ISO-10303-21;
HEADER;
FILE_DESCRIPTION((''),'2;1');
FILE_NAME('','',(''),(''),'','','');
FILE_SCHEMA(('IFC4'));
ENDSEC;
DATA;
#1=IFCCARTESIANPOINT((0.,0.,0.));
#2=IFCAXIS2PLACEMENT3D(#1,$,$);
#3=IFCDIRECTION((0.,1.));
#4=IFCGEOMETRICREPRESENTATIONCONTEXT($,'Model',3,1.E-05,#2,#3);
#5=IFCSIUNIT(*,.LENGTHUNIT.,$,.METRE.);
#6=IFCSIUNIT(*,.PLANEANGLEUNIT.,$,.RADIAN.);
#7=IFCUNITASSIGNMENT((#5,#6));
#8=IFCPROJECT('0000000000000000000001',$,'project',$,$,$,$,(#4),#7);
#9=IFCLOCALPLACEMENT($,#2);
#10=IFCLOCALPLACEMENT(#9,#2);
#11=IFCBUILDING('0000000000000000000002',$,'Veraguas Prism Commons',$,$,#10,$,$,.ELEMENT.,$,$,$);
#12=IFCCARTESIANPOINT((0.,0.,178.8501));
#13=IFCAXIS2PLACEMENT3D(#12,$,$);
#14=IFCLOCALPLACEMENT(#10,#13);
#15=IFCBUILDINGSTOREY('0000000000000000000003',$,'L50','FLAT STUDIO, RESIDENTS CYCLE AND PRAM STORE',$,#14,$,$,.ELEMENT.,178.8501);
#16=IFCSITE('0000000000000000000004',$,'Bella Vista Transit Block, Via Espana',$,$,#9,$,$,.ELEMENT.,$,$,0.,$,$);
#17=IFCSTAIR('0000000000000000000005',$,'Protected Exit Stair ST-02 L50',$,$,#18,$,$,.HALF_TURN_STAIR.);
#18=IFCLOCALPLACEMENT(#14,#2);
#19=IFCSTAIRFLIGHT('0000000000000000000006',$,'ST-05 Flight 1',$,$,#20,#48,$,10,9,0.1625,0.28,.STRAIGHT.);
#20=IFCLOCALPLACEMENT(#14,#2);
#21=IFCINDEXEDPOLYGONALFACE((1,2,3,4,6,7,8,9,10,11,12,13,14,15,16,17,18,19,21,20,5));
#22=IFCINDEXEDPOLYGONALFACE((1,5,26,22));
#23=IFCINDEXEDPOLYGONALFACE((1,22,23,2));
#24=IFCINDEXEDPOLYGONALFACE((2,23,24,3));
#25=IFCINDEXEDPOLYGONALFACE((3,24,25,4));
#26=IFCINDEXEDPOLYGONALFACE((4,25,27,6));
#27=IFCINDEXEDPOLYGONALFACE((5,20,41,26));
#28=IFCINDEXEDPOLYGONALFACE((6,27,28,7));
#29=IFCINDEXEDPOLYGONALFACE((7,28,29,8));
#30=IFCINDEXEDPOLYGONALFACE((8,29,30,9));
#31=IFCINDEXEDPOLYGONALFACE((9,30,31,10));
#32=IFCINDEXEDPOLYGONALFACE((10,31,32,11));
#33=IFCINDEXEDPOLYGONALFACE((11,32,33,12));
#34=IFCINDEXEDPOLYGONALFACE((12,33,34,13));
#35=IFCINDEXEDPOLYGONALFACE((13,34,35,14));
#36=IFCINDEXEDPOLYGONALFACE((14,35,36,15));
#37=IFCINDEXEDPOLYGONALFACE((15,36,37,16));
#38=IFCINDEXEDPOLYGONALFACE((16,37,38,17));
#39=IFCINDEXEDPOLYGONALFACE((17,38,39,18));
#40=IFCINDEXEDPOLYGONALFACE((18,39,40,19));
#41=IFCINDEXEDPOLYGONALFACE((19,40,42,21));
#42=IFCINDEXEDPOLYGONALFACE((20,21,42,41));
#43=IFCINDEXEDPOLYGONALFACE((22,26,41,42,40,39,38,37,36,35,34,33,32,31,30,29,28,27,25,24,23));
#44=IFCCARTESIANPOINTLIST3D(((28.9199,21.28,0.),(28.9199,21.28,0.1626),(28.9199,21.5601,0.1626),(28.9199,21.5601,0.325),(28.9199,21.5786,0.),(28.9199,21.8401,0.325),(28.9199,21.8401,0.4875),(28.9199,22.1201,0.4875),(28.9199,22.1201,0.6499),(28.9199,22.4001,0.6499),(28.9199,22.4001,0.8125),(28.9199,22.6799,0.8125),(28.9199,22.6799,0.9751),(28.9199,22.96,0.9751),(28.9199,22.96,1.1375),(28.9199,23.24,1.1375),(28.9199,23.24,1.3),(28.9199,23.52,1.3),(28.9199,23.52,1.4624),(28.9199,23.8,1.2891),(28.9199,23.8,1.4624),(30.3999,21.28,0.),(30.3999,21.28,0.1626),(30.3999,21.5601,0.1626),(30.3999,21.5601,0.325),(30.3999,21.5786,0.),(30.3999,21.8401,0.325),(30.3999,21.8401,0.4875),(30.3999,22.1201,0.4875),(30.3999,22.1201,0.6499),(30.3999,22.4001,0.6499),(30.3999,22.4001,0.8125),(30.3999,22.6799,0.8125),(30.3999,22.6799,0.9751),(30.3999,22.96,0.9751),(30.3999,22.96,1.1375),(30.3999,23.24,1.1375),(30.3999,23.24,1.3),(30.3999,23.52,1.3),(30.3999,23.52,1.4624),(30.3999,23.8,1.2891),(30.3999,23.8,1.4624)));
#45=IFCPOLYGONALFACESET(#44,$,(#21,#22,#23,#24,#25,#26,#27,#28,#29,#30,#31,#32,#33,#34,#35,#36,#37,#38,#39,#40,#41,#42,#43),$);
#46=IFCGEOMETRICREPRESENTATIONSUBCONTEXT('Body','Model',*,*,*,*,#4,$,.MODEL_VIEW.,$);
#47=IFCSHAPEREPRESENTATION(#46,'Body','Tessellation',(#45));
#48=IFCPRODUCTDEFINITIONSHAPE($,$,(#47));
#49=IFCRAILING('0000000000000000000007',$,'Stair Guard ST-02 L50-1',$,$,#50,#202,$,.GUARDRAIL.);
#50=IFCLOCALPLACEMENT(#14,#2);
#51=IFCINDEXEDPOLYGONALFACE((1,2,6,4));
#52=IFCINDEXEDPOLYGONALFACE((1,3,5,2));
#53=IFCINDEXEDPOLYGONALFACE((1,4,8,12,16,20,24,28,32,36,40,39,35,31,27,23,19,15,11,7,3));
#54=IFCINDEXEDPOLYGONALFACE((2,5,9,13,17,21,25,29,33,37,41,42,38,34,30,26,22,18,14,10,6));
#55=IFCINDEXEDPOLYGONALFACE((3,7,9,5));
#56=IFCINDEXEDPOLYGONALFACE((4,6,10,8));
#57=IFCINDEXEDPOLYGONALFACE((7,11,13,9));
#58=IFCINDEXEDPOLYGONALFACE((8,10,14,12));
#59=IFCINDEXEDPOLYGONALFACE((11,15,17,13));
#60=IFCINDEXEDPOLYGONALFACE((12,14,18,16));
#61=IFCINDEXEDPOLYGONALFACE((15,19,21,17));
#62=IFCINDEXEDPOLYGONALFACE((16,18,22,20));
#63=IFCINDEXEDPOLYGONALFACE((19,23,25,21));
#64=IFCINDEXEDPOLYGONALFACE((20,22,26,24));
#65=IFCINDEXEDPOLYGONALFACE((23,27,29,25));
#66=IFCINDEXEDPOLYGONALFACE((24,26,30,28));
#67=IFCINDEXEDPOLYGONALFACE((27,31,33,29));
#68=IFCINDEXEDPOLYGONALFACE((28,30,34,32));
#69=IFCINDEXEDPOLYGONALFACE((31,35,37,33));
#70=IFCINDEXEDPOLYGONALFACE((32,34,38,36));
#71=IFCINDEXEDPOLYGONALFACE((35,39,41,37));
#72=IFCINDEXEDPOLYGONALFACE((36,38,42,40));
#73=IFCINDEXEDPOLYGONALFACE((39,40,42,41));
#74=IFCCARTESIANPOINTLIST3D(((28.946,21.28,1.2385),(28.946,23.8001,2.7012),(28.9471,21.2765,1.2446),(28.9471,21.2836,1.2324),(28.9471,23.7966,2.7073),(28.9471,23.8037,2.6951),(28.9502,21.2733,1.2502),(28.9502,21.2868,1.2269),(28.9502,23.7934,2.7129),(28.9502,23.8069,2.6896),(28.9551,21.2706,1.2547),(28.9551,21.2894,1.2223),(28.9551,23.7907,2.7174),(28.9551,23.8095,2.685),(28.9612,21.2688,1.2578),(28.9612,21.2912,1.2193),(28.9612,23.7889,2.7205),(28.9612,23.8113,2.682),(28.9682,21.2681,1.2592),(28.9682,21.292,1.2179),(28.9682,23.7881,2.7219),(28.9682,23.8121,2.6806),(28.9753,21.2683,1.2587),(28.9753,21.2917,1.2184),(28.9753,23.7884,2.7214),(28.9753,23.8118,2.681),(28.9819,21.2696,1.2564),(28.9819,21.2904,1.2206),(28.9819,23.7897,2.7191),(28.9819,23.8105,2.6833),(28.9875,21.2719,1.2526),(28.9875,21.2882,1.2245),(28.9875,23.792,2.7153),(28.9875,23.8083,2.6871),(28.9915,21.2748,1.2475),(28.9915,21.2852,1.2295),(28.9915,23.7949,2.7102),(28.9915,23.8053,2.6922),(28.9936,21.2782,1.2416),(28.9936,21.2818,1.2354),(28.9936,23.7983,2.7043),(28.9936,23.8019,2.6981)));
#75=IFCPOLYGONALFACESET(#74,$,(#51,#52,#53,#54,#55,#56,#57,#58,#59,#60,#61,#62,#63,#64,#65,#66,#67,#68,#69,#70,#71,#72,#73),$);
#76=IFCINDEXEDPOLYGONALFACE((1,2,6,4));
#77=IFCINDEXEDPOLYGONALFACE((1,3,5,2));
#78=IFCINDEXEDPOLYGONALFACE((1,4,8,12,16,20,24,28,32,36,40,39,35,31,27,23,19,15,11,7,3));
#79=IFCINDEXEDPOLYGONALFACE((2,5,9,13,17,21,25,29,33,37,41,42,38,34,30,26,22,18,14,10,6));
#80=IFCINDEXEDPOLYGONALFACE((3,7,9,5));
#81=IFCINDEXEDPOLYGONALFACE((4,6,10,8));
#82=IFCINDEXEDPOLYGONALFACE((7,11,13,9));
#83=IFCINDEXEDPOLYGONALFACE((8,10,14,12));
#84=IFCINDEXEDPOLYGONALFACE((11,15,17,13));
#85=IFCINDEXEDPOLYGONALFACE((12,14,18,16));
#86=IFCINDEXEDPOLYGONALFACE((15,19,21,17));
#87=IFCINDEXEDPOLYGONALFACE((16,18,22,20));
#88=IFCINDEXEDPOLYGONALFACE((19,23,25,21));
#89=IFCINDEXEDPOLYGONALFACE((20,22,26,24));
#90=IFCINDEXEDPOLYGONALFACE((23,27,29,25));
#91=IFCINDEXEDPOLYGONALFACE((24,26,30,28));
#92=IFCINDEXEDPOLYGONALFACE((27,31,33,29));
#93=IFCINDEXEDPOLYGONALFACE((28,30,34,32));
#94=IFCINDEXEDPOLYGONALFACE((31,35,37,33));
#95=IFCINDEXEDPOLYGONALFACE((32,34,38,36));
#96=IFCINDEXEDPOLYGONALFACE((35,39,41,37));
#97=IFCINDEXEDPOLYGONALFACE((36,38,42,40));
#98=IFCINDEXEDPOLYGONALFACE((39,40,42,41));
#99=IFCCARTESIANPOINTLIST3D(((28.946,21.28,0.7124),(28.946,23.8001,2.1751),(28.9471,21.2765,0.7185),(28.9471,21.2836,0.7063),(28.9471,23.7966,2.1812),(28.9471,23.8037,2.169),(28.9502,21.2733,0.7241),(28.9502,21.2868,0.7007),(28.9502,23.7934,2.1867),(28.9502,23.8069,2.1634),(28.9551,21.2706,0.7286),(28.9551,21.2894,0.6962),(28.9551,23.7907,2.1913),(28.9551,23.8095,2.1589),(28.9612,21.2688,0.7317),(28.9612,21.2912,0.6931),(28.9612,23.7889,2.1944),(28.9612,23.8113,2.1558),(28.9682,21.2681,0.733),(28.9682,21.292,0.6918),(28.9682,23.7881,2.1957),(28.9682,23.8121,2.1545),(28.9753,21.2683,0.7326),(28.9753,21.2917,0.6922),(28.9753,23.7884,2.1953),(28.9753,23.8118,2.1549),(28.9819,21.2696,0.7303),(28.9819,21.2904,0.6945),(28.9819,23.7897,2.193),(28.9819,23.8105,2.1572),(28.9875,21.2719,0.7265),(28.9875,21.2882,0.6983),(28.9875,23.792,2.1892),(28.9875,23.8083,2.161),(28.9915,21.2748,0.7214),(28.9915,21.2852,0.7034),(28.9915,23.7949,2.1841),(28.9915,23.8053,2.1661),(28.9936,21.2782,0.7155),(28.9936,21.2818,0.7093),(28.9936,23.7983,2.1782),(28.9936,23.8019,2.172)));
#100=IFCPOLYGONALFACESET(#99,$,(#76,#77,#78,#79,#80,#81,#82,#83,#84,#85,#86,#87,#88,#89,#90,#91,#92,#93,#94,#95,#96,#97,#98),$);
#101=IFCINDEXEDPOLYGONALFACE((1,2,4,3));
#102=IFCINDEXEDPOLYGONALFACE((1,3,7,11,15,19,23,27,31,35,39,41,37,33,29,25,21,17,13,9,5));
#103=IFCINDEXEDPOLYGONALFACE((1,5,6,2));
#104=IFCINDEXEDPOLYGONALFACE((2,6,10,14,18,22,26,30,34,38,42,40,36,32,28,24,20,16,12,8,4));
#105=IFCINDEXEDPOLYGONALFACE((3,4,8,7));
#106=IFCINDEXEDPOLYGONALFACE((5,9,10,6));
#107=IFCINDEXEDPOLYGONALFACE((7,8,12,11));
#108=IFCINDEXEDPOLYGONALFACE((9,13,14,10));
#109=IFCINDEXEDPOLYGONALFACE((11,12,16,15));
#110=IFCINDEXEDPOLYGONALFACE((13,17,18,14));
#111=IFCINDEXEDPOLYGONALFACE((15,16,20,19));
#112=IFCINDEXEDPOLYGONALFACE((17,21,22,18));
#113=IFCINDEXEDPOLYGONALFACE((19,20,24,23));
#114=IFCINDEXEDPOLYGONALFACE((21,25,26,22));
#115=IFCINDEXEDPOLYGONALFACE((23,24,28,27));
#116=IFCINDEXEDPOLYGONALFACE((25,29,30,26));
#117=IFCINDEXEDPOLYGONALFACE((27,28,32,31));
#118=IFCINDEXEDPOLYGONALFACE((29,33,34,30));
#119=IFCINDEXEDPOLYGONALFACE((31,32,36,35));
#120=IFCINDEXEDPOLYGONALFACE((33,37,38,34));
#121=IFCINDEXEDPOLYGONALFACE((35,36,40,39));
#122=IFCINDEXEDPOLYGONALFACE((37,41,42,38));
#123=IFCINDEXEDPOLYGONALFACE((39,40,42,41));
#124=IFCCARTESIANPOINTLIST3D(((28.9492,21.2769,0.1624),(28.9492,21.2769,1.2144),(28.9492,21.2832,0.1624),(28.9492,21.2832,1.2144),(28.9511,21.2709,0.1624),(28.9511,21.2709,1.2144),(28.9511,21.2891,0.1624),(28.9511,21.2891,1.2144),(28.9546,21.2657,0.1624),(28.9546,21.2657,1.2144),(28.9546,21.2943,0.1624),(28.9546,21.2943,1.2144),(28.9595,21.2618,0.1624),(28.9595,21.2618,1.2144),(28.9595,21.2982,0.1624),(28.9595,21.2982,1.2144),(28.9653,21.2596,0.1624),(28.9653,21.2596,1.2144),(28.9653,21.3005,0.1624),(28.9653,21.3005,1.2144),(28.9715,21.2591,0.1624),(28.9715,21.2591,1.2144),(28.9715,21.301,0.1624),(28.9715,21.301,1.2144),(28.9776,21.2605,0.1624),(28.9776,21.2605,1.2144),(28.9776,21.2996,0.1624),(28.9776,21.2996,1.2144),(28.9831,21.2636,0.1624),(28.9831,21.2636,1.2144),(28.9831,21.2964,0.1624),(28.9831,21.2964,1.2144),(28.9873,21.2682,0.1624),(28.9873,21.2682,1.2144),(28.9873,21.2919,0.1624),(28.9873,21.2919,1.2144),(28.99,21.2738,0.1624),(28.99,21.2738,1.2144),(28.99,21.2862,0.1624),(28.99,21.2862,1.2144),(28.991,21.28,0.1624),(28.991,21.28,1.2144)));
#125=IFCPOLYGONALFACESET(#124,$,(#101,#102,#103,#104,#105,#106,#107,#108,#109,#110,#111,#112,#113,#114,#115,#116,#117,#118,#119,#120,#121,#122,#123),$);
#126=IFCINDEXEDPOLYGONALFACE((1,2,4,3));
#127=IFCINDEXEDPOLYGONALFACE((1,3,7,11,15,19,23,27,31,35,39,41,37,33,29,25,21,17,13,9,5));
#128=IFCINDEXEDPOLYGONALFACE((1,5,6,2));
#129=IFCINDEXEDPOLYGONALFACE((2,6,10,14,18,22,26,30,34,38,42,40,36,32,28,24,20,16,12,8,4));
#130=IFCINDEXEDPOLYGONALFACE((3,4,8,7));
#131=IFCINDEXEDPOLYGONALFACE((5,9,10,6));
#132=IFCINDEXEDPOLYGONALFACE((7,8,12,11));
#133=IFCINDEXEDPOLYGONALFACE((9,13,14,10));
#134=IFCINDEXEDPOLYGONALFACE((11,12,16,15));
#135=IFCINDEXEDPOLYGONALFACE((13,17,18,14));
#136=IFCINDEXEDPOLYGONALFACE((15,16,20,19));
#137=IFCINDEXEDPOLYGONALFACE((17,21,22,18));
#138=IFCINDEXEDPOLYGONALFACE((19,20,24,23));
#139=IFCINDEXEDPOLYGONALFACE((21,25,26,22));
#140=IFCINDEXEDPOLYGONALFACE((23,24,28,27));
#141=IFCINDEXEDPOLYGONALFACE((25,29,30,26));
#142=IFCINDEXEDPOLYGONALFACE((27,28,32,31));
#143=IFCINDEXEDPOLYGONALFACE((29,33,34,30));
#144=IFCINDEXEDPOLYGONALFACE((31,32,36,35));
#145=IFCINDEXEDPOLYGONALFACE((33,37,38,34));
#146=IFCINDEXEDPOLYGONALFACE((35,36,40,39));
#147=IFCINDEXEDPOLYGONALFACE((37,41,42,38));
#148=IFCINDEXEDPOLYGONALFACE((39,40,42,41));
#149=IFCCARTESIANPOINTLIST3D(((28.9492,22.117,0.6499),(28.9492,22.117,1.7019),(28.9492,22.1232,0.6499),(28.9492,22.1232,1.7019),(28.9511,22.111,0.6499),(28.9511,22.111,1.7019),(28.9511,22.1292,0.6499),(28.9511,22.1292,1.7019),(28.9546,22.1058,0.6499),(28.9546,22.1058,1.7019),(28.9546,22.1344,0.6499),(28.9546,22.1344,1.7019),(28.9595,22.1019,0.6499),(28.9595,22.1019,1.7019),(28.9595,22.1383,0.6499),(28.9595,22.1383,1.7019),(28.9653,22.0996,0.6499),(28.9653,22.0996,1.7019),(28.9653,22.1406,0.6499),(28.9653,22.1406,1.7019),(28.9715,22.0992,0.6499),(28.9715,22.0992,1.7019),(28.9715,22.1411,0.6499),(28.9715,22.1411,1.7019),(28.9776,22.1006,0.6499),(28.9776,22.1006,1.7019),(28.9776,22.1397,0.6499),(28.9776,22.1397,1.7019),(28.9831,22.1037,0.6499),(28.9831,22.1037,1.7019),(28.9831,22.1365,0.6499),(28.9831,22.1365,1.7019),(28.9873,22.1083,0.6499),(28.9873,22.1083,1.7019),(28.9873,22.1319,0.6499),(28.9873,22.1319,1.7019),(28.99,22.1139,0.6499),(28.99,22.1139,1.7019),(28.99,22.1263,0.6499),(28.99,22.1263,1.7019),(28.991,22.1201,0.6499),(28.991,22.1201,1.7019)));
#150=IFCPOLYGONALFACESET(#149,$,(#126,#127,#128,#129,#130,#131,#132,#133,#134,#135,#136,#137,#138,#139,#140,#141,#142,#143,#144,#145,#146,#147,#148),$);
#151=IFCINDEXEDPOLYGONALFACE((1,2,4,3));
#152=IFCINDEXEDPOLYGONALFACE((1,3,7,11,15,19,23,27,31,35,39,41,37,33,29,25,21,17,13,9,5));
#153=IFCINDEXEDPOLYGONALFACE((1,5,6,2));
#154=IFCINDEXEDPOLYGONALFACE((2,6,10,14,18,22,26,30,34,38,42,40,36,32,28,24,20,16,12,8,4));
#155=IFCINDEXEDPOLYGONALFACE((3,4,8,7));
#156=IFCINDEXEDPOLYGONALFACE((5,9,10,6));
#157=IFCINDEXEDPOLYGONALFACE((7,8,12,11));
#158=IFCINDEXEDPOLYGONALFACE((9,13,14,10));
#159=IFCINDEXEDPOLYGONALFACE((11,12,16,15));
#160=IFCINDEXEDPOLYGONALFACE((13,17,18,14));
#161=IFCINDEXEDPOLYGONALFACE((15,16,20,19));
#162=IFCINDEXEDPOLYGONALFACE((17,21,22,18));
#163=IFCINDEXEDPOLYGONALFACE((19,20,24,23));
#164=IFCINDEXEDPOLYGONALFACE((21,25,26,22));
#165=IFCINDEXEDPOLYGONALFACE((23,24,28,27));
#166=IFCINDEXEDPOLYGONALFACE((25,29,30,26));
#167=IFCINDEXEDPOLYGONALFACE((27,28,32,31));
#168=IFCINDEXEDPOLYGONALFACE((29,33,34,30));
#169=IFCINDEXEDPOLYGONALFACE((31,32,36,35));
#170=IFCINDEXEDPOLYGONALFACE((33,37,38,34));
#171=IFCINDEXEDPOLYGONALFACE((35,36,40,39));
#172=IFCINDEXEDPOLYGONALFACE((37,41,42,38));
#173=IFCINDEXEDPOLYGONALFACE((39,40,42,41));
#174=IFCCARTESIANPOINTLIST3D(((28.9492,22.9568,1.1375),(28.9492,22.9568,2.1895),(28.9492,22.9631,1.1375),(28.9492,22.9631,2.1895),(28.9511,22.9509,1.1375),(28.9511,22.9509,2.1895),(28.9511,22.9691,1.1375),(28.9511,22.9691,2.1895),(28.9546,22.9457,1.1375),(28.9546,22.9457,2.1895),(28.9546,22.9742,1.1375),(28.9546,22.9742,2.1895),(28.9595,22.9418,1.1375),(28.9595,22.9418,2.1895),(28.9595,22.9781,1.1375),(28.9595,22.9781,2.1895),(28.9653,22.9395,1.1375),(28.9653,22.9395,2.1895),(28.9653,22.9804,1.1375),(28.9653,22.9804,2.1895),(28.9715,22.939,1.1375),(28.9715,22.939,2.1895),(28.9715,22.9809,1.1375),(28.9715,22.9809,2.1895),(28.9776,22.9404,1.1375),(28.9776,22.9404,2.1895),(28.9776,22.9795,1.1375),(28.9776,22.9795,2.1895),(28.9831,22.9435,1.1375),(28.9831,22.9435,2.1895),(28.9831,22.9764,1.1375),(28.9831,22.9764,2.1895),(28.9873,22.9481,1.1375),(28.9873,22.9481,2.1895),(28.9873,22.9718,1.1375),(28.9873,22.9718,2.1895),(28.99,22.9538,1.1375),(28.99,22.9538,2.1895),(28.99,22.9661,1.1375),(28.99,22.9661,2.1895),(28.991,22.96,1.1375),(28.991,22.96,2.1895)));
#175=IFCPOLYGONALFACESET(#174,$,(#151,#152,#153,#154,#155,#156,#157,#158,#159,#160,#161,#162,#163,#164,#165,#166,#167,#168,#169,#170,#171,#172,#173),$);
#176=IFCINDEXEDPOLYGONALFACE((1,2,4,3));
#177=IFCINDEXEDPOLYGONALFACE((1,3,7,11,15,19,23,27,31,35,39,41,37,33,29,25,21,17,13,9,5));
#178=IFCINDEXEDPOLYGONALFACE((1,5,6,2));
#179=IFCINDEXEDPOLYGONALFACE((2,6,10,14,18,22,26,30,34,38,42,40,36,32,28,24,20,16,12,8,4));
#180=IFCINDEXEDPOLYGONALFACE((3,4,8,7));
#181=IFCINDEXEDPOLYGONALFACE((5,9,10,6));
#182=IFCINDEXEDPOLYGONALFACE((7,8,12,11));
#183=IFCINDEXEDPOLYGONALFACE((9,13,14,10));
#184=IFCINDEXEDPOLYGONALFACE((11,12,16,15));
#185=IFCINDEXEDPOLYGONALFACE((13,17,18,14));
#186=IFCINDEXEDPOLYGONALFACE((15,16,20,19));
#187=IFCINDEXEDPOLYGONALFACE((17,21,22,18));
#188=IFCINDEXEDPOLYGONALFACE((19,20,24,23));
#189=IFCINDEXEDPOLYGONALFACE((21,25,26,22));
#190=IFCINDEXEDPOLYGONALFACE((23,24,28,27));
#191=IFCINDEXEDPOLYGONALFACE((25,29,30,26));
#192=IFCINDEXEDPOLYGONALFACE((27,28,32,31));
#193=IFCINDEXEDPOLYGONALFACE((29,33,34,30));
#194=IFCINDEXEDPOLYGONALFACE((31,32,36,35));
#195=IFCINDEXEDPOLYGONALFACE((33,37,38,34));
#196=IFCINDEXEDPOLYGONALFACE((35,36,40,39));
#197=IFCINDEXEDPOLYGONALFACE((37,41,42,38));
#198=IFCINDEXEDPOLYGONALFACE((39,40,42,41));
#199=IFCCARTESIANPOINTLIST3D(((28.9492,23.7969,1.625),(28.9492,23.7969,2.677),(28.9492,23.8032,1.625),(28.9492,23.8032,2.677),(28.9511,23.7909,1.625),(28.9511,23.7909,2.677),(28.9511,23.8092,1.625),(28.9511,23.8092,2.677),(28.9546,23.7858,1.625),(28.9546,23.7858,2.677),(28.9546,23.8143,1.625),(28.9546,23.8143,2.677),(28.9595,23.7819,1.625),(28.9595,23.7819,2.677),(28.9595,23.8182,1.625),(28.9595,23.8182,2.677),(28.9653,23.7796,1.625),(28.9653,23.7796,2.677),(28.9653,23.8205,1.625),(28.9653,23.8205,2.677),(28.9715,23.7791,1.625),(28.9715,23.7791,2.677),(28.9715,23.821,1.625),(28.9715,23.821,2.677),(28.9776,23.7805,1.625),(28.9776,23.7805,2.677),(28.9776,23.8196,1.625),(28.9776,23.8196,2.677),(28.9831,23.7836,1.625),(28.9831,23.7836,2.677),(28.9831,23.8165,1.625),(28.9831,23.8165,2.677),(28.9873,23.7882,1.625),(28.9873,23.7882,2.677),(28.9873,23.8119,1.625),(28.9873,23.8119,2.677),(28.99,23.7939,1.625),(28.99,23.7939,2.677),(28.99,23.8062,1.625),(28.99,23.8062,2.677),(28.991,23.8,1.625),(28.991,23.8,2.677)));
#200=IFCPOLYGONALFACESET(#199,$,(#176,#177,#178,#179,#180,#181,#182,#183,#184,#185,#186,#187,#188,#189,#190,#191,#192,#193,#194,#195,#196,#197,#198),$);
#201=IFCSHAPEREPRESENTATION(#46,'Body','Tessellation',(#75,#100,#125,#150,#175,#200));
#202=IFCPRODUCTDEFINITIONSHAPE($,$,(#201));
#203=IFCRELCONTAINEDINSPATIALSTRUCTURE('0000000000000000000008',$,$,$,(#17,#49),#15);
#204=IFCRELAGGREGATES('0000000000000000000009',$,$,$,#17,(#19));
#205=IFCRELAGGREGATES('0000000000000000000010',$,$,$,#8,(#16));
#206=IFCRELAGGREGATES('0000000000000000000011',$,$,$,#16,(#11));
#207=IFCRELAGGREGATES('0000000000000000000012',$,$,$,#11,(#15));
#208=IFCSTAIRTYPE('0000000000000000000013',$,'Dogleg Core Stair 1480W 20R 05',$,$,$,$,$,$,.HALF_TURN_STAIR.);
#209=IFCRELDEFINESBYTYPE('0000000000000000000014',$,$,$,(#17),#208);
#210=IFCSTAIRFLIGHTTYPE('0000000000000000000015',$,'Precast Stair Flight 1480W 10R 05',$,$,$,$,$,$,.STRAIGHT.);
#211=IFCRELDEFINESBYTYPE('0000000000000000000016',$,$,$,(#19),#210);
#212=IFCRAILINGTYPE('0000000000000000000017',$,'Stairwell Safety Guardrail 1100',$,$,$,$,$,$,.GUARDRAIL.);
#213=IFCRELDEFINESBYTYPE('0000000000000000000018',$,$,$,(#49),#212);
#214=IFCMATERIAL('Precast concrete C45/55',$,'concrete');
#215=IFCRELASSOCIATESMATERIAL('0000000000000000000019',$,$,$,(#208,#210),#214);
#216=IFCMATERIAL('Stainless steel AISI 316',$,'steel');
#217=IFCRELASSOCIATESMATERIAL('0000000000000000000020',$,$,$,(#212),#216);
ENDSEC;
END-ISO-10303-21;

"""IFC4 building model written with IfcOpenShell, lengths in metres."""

from ifc_helpers import new_model, si_unit, direction, frame, origin, origin_2d, place, context, subcontext, project, spatial, polyline, circle, outline, extrude, material, type_object, element, aggregate, save


model = new_model("IFC4")

# Units and contexts
model_context = context("Model", 3, precision=1e-05, world=origin(), true_north=direction((0.0, 1.0)))
body_context = subcontext(model_context, "Body", "Model", "MODEL_VIEW")
ifc_project = project(units=[si_unit("LENGTHUNIT", "METRE"), si_unit("PLANEANGLEUNIT", "RADIAN")], contexts=[model_context])

# Site, building, storey
site_placement = place(None, origin())
site = spatial("IfcSite", under=ifc_project, at=site_placement, Name="Bella Vista Transit Block, Via Espana", CompositionType="ELEMENT", RefElevation=0.0)
building_placement = place(site_placement, origin())
building = spatial("IfcBuilding", under=site, at=building_placement, Name="Veraguas Prism Commons", CompositionType="ELEMENT")
storey_placement = place(building_placement, frame((0.0, 0.0, 178.8501)))
storey = spatial("IfcBuildingStorey", under=building, at=storey_placement, Name="L50", Description="FLAT STUDIO, RESIDENTS CYCLE AND PRAM STORE", CompositionType="ELEMENT", Elevation=178.8501)

# Shared definitions
ifc_material_1 = material(Name="Stainless steel AISI 316", Category="steel")

# Stair, stair flight
ifc_material_2 = material(Name="Precast concrete C45/55", Category="concrete")
stair_type = type_object("IfcStairType", Name="Dogleg Core Stair 1480W 20R 05", PredefinedType="HALF_TURN_STAIR", material=ifc_material_2)
stair_placement = place(storey_placement, origin())
stair = element("IfcStair", 1, at=stair_placement, inside=storey, type_object=stair_type, Name="Protected Exit Stair ST-02 L50", PredefinedType="HALF_TURN_STAIR")
stair_flight_type = type_object("IfcStairFlightType", Name="Precast Stair Flight 1480W 10R 05", PredefinedType="STRAIGHT", material=ifc_material_2)
stair_flight_placement = place(storey_placement, frame((29.6599, 21.28, 0.0), z_axis=(0.0, 0.0, 1.0), x_axis=(0.0, 1.0, 0.0)))
stair_flight = element("IfcStairFlight", 2, at=stair_flight_placement, type_object=stair_flight_type, Name="ST-05 Flight 1", NumberOfRisers=10, NumberOfTreads=9, PredefinedType="STRAIGHT", RiserHeight=0.1625, TreadLength=0.28, context=body_context, shape_type="SweptSolid", body=[
    extrude(outline(polyline([(0.0, 0.0), (0.0, 0.1626), (0.28, 0.1626), (0.28, 0.325), (0.5601, 0.325), (0.5601, 0.4875), (0.8401, 0.4875), (0.8401, 0.6499), (1.1201, 0.6499), (1.1201, 0.8125), (1.3999, 0.8125), (1.3999, 0.9751), (1.6799, 0.9751), (1.6799, 1.1375), (1.96, 1.1375), (1.96, 1.3), (2.24, 1.3), (2.24, 1.4624), (2.52, 1.4624), (2.52, 1.625), (2.52, 1.2891), (0.2986, 0.0), (0.0, 0.0)])), frame((0.0, 0.74, 0.0), z_axis=(0.0, -1.0, 0.0), x_axis=(1.0, 0.0, 0.0)), (0.0, 0.0, 1.0), 1.48),
])
aggregate(stair, [stair_flight])

# Railing
railing_type = type_object("IfcRailingType", Name="Stairwell Safety Guardrail 1100", PredefinedType="GUARDRAIL", material=ifc_material_1)
railing_1_placement = place(storey_placement, frame((28.97, 21.28, 0.1624)))
element("IfcRailing", 3, at=railing_1_placement, inside=storey, type_object=railing_type, Name="Stair Guard ST-02 L50-1", PredefinedType="GUARDRAIL", context=body_context, shape_type="SweptSolid", body=[
    extrude(circle(Radius=0.0239, at=origin_2d()), frame((0.0, 0.0, 1.0762), z_axis=(0.0, 0.864877, 0.501984), x_axis=(-1.0, 0.0, 0.0)), (0.0, 0.0, 1.0), 2.9138),
    extrude(circle(Radius=0.0239, at=origin_2d()), frame((0.0, 0.0, 0.55), z_axis=(0.0, 0.864877, 0.501984), x_axis=(-1.0, 0.0, 0.0)), (0.0, 0.0, 1.0), 2.9138),
    extrude(circle(Radius=0.021, at=origin_2d()), origin(), (0.0, 0.0, 1.0), 1.052),
    extrude(circle(Radius=0.021, at=origin_2d()), frame((0.0, 0.8401, 0.4875)), (0.0, 0.0, 1.0), 1.052),
    extrude(circle(Radius=0.021, at=origin_2d()), frame((0.0, 1.6799, 0.9751)), (0.0, 0.0, 1.0), 1.052),
    extrude(circle(Radius=0.021, at=origin_2d()), frame((0.0, 2.52, 1.4626)), (0.0, 0.0, 1.0), 1.052),
])

save(model, "model.ifc")
